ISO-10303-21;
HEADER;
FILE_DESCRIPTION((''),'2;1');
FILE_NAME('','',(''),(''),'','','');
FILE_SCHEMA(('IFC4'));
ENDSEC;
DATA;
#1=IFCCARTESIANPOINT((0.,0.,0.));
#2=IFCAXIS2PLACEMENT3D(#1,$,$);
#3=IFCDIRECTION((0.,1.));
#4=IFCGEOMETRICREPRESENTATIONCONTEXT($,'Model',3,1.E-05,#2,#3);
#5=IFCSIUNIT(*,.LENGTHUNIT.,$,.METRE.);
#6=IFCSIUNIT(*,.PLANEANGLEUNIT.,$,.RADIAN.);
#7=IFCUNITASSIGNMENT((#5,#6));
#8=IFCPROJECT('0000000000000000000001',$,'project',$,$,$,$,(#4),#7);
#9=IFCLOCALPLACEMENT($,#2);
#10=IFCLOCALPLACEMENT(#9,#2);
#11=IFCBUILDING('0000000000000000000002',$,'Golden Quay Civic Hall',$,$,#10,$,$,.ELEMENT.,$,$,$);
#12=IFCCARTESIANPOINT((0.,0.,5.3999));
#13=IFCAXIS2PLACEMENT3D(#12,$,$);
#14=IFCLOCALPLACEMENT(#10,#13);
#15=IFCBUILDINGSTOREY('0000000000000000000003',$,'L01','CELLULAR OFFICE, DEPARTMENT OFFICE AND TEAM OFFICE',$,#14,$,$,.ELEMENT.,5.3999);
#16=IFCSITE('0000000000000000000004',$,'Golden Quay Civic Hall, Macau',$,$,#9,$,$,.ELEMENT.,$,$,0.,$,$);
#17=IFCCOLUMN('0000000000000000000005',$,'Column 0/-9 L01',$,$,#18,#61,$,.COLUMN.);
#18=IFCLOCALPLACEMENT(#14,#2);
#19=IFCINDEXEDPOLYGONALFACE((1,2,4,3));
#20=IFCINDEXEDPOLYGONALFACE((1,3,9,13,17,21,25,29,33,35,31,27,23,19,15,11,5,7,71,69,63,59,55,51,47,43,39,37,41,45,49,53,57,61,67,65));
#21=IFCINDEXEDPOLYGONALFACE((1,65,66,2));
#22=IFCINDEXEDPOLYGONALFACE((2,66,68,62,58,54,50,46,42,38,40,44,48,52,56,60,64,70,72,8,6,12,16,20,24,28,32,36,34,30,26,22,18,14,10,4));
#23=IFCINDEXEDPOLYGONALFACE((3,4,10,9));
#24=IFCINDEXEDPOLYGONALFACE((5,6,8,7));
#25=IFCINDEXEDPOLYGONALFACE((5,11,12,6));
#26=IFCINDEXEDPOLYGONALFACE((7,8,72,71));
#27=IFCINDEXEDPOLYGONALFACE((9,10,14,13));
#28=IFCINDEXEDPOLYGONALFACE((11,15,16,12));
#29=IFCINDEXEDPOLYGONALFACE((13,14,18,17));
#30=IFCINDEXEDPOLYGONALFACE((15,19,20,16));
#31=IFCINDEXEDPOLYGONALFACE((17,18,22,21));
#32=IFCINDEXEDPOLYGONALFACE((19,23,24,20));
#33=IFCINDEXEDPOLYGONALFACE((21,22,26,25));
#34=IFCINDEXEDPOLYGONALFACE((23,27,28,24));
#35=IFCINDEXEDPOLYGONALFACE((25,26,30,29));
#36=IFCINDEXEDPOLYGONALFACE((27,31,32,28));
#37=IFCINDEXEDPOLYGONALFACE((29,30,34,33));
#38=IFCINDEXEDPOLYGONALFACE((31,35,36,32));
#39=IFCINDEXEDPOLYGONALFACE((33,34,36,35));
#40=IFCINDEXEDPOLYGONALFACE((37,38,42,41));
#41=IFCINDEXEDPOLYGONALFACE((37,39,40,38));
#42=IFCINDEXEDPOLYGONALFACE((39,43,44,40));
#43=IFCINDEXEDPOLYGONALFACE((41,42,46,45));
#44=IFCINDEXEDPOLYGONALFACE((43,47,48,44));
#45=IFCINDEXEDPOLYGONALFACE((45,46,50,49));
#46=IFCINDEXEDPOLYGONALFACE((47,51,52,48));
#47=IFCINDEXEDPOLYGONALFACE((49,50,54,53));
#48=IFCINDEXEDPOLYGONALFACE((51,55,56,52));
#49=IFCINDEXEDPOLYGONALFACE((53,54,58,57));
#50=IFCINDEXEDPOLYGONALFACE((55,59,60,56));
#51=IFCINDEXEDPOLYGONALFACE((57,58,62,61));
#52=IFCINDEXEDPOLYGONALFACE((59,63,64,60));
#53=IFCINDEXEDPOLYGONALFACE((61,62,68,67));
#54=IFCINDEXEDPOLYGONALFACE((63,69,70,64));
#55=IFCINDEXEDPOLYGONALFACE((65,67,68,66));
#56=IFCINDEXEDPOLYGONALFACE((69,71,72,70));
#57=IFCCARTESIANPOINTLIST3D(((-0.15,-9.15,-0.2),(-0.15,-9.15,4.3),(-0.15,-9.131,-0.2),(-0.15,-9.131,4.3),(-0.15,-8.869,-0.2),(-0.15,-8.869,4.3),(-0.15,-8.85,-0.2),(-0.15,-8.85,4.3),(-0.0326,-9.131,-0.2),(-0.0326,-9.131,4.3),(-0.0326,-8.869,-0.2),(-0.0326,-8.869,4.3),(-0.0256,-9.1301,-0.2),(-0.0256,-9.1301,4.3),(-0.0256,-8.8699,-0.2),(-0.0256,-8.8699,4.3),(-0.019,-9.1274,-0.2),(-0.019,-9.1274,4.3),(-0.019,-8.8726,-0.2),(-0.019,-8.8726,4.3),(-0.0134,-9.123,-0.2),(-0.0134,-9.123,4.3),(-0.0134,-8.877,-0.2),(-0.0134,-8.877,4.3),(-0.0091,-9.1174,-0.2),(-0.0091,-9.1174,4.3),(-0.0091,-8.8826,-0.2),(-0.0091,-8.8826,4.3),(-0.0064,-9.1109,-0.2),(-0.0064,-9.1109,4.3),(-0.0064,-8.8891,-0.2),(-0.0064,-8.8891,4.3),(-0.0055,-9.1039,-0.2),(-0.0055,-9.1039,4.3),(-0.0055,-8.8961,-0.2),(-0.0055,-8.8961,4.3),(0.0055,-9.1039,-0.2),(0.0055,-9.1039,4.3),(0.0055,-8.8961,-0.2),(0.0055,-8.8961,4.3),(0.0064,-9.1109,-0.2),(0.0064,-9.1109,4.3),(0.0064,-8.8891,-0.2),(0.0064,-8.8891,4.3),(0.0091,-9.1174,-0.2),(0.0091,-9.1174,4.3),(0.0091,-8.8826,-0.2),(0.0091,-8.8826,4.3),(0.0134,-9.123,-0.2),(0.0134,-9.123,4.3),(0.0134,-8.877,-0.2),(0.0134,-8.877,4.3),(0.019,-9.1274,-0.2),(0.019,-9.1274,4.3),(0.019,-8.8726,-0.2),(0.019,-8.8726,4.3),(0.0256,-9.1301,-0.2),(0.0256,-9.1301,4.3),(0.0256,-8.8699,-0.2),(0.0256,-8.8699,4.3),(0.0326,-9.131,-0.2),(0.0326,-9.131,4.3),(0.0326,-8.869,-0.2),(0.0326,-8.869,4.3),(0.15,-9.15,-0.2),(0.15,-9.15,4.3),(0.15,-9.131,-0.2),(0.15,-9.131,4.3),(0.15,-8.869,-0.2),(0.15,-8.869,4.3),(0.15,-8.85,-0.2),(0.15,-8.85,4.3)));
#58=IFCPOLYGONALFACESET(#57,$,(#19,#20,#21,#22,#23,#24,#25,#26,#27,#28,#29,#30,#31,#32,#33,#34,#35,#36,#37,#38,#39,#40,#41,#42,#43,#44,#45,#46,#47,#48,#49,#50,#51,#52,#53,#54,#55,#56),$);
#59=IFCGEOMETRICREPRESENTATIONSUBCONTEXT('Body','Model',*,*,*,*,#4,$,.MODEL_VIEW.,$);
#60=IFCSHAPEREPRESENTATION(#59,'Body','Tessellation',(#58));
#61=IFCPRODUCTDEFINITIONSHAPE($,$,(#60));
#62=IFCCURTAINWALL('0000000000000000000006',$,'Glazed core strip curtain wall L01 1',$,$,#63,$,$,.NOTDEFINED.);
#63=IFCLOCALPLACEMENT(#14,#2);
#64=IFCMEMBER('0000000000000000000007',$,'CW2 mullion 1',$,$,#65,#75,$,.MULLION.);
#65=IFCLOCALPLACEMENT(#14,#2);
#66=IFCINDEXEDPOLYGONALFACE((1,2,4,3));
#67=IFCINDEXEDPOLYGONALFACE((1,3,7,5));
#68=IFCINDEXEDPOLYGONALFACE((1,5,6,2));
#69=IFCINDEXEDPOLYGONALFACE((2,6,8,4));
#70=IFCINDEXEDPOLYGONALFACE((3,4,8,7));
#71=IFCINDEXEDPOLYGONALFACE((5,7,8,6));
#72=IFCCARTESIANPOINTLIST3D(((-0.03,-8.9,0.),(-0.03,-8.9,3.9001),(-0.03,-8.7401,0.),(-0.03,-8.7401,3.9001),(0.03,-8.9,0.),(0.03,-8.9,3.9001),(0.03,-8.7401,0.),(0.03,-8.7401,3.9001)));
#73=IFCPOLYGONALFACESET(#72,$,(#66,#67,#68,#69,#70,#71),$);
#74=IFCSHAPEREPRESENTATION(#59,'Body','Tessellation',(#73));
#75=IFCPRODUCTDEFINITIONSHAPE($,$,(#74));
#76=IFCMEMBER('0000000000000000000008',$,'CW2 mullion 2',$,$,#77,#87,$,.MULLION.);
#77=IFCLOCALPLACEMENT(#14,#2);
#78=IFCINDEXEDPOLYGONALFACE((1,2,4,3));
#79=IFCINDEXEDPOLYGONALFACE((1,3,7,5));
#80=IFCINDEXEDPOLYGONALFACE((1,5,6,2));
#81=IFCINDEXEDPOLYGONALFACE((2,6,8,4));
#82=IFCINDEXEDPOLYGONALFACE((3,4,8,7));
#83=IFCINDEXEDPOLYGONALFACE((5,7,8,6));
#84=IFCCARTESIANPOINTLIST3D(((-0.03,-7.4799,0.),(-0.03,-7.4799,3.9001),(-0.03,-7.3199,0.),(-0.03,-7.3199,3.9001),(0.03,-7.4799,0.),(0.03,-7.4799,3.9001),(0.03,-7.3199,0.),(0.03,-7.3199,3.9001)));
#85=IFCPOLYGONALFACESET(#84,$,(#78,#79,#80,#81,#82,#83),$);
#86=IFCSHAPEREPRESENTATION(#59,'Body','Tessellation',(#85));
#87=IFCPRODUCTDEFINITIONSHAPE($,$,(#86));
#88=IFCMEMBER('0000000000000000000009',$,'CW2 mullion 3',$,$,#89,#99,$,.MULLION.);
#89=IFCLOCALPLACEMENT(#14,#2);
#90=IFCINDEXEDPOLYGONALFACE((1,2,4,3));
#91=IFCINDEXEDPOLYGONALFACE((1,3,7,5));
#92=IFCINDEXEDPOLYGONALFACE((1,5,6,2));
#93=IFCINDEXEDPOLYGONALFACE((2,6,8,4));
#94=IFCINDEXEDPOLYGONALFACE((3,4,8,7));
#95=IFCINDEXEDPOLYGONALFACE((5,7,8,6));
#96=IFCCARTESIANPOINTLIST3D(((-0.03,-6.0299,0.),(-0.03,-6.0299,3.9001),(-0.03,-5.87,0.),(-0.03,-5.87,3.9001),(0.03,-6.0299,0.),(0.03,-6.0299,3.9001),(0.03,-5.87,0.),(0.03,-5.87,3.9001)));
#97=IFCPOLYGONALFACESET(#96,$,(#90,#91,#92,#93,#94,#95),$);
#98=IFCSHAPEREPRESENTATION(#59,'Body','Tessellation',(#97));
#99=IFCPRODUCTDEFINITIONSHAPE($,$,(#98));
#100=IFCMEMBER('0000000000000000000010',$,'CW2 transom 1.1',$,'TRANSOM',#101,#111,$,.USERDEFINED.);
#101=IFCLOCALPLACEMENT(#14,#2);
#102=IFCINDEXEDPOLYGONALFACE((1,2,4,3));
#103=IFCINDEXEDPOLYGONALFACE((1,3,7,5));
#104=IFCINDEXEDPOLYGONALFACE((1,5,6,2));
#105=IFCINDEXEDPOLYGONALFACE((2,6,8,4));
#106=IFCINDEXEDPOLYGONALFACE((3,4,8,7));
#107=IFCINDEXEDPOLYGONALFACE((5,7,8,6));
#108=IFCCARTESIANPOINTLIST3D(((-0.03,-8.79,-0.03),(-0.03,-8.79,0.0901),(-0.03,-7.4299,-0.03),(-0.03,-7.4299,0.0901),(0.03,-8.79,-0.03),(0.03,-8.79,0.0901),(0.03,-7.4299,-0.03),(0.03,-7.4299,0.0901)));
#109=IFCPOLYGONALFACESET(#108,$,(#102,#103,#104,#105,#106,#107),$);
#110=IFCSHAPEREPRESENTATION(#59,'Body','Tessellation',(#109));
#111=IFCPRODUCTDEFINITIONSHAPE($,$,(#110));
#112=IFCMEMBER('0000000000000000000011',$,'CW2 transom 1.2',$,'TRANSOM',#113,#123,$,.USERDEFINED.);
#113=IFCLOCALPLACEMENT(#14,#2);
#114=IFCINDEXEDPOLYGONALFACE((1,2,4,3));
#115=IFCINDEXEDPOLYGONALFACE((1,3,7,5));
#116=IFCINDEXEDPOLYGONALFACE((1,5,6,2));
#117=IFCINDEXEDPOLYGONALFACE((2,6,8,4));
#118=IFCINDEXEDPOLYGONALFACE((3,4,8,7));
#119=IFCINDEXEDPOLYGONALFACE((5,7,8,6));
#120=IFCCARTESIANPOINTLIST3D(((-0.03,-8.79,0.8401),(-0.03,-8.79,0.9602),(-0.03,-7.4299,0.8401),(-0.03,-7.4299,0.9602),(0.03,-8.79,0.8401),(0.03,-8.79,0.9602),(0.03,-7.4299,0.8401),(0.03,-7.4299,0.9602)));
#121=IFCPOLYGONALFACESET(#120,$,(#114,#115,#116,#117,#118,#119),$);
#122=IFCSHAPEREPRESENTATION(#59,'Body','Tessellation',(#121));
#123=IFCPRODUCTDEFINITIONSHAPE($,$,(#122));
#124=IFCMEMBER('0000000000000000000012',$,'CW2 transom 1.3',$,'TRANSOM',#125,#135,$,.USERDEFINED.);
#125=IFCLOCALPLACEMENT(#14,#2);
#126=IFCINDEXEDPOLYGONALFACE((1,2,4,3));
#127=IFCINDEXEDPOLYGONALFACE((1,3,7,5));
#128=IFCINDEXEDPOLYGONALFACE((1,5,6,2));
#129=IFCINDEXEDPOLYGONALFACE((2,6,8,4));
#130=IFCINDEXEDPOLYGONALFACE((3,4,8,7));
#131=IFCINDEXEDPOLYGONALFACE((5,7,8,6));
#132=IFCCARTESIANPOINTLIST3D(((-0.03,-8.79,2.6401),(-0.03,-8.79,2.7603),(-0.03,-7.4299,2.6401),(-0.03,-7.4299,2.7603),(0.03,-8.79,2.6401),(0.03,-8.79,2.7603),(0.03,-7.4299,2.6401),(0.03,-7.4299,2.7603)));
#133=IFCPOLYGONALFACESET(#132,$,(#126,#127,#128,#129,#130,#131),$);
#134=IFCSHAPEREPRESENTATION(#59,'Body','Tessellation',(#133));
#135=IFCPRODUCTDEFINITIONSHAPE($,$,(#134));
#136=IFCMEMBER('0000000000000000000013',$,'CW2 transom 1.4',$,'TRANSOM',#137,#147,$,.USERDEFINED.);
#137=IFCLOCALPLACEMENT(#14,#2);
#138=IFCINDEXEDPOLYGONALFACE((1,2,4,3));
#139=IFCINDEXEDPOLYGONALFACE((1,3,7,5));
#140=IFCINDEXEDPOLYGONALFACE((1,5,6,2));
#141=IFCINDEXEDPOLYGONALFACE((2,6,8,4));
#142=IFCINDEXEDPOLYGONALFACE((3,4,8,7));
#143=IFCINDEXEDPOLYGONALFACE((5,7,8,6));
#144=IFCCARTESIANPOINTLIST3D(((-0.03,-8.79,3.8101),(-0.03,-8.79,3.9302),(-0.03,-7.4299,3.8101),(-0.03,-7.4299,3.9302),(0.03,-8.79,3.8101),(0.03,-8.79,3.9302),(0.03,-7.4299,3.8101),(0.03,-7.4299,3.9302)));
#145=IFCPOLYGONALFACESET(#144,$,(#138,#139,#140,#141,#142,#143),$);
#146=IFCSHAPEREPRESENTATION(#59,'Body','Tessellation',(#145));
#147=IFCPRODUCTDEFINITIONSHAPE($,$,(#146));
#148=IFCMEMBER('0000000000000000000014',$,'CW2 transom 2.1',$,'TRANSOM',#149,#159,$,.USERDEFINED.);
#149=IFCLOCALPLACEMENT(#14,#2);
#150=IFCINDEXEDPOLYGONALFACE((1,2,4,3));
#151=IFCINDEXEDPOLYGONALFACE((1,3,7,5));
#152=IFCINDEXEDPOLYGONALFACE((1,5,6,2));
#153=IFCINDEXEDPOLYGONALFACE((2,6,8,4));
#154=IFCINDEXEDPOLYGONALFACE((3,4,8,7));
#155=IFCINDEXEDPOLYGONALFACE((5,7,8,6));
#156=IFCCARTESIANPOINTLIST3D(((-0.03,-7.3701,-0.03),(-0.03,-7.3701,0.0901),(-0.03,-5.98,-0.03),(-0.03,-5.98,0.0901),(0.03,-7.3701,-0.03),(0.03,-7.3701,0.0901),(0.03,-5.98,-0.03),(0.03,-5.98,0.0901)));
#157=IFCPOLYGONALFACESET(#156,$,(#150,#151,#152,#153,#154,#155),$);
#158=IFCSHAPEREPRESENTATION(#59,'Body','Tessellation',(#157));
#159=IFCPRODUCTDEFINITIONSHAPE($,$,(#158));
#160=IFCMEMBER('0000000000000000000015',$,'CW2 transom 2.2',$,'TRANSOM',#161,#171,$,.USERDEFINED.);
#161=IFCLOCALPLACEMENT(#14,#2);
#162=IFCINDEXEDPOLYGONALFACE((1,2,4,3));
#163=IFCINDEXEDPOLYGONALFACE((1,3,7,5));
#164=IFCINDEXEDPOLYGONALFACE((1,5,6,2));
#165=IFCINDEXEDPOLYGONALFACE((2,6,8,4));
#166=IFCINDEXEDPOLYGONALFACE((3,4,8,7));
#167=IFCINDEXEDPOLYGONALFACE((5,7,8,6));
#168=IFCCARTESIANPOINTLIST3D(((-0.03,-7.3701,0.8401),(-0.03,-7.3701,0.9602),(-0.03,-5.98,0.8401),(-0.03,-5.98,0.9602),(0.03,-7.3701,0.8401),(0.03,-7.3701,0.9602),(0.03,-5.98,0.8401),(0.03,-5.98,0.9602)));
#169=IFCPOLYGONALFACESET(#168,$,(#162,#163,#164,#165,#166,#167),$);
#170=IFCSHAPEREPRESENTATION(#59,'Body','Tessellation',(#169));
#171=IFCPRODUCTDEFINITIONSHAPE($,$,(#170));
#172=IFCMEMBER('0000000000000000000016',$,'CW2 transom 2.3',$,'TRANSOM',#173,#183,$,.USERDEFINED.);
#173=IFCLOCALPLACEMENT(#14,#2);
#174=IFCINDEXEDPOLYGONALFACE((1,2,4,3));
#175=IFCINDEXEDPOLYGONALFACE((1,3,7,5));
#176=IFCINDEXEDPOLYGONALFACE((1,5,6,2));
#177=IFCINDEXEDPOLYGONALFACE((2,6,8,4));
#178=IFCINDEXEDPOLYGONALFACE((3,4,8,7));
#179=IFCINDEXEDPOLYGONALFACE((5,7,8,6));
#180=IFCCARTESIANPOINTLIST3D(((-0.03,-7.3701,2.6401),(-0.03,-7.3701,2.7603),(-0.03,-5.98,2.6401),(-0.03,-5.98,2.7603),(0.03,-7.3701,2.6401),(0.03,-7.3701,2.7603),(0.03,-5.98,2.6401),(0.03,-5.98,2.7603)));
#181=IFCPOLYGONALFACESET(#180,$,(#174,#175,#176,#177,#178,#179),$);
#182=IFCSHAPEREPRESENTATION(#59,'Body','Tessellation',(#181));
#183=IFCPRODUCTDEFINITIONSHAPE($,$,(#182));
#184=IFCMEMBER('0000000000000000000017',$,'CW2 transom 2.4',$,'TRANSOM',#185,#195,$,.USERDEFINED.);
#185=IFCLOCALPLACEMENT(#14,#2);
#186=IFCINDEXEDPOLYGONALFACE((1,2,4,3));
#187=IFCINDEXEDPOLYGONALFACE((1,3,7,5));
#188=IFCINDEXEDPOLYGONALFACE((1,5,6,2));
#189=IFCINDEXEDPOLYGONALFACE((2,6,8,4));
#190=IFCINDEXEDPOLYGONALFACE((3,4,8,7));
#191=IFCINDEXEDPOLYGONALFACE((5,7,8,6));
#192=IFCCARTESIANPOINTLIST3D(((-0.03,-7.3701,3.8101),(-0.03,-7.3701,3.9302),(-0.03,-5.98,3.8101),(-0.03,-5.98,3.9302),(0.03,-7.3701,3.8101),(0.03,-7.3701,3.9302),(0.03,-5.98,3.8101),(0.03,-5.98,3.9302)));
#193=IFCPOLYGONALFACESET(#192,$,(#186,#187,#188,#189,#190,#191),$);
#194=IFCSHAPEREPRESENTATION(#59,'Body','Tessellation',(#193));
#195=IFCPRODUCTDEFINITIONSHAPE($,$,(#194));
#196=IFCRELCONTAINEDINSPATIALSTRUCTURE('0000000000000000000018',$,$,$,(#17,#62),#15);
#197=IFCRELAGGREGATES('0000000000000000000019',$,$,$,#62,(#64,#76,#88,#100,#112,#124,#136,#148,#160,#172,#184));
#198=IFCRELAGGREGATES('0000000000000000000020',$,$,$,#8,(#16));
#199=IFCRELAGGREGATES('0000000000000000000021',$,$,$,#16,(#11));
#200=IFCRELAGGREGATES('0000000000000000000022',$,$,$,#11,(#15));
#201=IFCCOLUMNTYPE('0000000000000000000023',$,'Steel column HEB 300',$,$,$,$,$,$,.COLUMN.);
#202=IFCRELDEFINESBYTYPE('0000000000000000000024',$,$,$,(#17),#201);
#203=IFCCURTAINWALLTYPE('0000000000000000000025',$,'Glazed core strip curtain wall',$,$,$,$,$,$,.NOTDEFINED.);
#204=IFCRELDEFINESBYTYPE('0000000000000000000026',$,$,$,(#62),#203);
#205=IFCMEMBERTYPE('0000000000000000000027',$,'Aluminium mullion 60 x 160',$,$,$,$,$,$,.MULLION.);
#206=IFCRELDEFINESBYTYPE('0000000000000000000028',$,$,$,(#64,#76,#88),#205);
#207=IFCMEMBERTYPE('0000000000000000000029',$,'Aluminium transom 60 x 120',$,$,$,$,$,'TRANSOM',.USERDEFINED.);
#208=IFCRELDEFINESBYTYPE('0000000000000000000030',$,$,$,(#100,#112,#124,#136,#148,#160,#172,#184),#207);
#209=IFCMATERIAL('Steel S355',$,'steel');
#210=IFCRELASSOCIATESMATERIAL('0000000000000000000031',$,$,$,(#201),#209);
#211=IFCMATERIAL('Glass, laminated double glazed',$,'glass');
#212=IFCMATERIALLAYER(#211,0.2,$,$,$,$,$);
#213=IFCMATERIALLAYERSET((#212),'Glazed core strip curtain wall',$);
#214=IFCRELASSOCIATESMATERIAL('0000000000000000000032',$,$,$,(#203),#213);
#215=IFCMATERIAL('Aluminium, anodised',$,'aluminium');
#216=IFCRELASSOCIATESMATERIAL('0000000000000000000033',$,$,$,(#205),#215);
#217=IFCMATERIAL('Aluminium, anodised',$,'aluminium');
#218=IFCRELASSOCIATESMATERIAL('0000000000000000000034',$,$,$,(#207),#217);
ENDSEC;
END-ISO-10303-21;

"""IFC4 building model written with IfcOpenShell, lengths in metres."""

from ifc_helpers import new_model, si_unit, direction, frame, origin, origin_2d, place, context, subcontext, project, spatial, rectangle, i_section, extrude, material, layer, layer_set, material_profile, profile_set, type_object, element, aggregate, save


model = new_model("IFC4")

# Units and contexts
model_context = context("Model", 3, precision=1e-05, world=origin(), true_north=direction((0.0, 1.0)))
body_context = subcontext(model_context, "Body", "Model", "MODEL_VIEW")
ifc_project = project(units=[si_unit("LENGTHUNIT", "METRE"), si_unit("PLANEANGLEUNIT", "RADIAN")], contexts=[model_context])

# Site, building, storey
site_placement = place(None, origin())
site = spatial("IfcSite", under=ifc_project, at=site_placement, Name="Golden Quay Civic Hall, Macau", CompositionType="ELEMENT", RefElevation=0.0)
building_placement = place(site_placement, origin())
building = spatial("IfcBuilding", under=site, at=building_placement, Name="Golden Quay Civic Hall", CompositionType="ELEMENT")
storey_placement = place(building_placement, frame((0.0, 0.0, 5.3999)))
storey = spatial("IfcBuildingStorey", under=building, at=storey_placement, Name="L01", Description="CELLULAR OFFICE, DEPARTMENT OFFICE AND TEAM OFFICE", CompositionType="ELEMENT", Elevation=5.3999)

# Column
ifc_material_1 = material(Name="Steel S355", Category="steel")
ifc_material_profile_1 = material_profile(ifc_material_1, i_section(OverallWidth=0.3, OverallDepth=0.3, WebThickness=0.011, FlangeThickness=0.019, FilletRadius=0.0271, at=origin_2d()), Name="HEB 300")
ifc_profile_set_1 = profile_set([ifc_material_profile_1], Name="Steel S355")
column_type = type_object("IfcColumnType", Name="Steel column HEB 300", PredefinedType="COLUMN", material=ifc_profile_set_1)
column_placement = place(storey_placement, frame((0.0, -9.0, -0.2), z_axis=(0.0, 0.0, 1.0), x_axis=(1.0, 0.0, 0.0)))
element("IfcColumn", 1, at=column_placement, inside=storey, type_object=column_type, Name="Column 0/-9 L01", PredefinedType="COLUMN", context=body_context, shape_type="SweptSolid", body=[
    extrude(i_section(OverallWidth=0.3, OverallDepth=0.3, WebThickness=0.011, FlangeThickness=0.019, FilletRadius=0.0271, at=origin_2d()), origin(), (0.0, 0.0, 1.0), 4.5),
])

# Curtain wall, members
ifc_material_2 = material(Name="Glass, laminated double glazed", Category="glass")
ifc_layer_1 = layer(ifc_material_2, 0.2)
ifc_layer_set_1 = layer_set([ifc_layer_1], Name="Glazed core strip curtain wall")
curtain_wall_type = type_object("IfcCurtainWallType", Name="Glazed core strip curtain wall", PredefinedType="NOTDEFINED", material=ifc_layer_set_1)
curtain_wall_placement = place(storey_placement, origin())
curtain_wall = element("IfcCurtainWall", 2, at=curtain_wall_placement, inside=storey, type_object=curtain_wall_type, Name="Glazed core strip curtain wall L01 1", PredefinedType="NOTDEFINED")
ifc_material_3 = material(Name="Aluminium, anodised", Category="aluminium")
ifc_material_profile_2 = material_profile(ifc_material_3, rectangle(XDim=0.0601, YDim=0.1599, at=origin_2d()), Name="Aluminium 60 x 160")
ifc_profile_set_2 = profile_set([ifc_material_profile_2], Name="Aluminium, anodised")
member_type_1 = type_object("IfcMemberType", Name="Aluminium mullion 60 x 160", PredefinedType="MULLION", material=ifc_profile_set_2)
member_1_placement = place(storey_placement, frame((0.0, -8.8201, 0.0), z_axis=(0.0, 0.0, 1.0), x_axis=(-1.0, 0.0, 0.0)))
member_1 = element("IfcMember", 3, at=member_1_placement, type_object=member_type_1, Name="CW2 mullion 1", PredefinedType="MULLION", context=body_context, shape_type="SweptSolid", body=[
    extrude(rectangle(XDim=0.0601, YDim=0.1599, at=origin_2d()), origin(), (0.0, 0.0, 1.0), 3.9001),
])
member_2_placement = place(storey_placement, frame((0.0, -7.3999, 0.0), z_axis=(0.0, 0.0, 1.0), x_axis=(-1.0, 0.0, 0.0)))
member_2 = element("IfcMember", 4, at=member_2_placement, type_object=member_type_1, Name="CW2 mullion 2", PredefinedType="MULLION", context=body_context, shape_type="SweptSolid", body=[
    extrude(rectangle(XDim=0.0601, YDim=0.1599, at=origin_2d()), origin(), (0.0, 0.0, 1.0), 3.9001),
])
member_3_placement = place(storey_placement, frame((0.0, -5.95, 0.0), z_axis=(0.0, 0.0, 1.0), x_axis=(-1.0, 0.0, 0.0)))
member_3 = element("IfcMember", 5, at=member_3_placement, type_object=member_type_1, Name="CW2 mullion 3", PredefinedType="MULLION", context=body_context, shape_type="SweptSolid", body=[
    extrude(rectangle(XDim=0.0601, YDim=0.1599, at=origin_2d()), origin(), (0.0, 0.0, 1.0), 3.9001),
])
ifc_material_4 = material(Name="Aluminium, anodised", Category="aluminium")
ifc_material_profile_3 = material_profile(ifc_material_4, rectangle(XDim=0.0601, YDim=0.1201, at=origin_2d()), Name="Aluminium 60 x 120")
ifc_profile_set_3 = profile_set([ifc_material_profile_3], Name="Aluminium, anodised")
member_type_2 = type_object("IfcMemberType", Name="Aluminium transom 60 x 120", ElementType="TRANSOM", PredefinedType="USERDEFINED", material=ifc_profile_set_3)
member_4_placement = place(storey_placement, frame((0.0, -8.79, 0.03), z_axis=(0.0, 1.0, 0.0), x_axis=(-1.0, 0.0, 0.0)))
member_4 = element("IfcMember", 6, at=member_4_placement, type_object=member_type_2, Name="CW2 transom 1.1", ObjectType="TRANSOM", PredefinedType="USERDEFINED", context=body_context, shape_type="SweptSolid", body=[
    extrude(rectangle(XDim=0.0601, YDim=0.1201, at=origin_2d()), origin(), (0.0, 0.0, 1.0), 1.3601),
])
member_5_placement = place(storey_placement, frame((0.0, -8.79, 0.9001), z_axis=(0.0, 1.0, 0.0), x_axis=(-1.0, 0.0, 0.0)))
member_5 = element("IfcMember", 7, at=member_5_placement, type_object=member_type_2, Name="CW2 transom 1.2", ObjectType="TRANSOM", PredefinedType="USERDEFINED", context=body_context, shape_type="SweptSolid", body=[
    extrude(rectangle(XDim=0.0601, YDim=0.1201, at=origin_2d()), origin(), (0.0, 0.0, 1.0), 1.3601),
])
member_6_placement = place(storey_placement, frame((0.0, -8.79, 2.7002), z_axis=(0.0, 1.0, 0.0), x_axis=(-1.0, 0.0, 0.0)))
member_6 = element("IfcMember", 8, at=member_6_placement, type_object=member_type_2, Name="CW2 transom 1.3", ObjectType="TRANSOM", PredefinedType="USERDEFINED", context=body_context, shape_type="SweptSolid", body=[
    extrude(rectangle(XDim=0.0601, YDim=0.1201, at=origin_2d()), origin(), (0.0, 0.0, 1.0), 1.3601),
])
member_7_placement = place(storey_placement, frame((0.0, -8.79, 3.8701), z_axis=(0.0, 1.0, 0.0), x_axis=(-1.0, 0.0, 0.0)))
member_7 = element("IfcMember", 9, at=member_7_placement, type_object=member_type_2, Name="CW2 transom 1.4", ObjectType="TRANSOM", PredefinedType="USERDEFINED", context=body_context, shape_type="SweptSolid", body=[
    extrude(rectangle(XDim=0.0601, YDim=0.1201, at=origin_2d()), origin(), (0.0, 0.0, 1.0), 1.3601),
])
member_8_placement = place(storey_placement, frame((0.0, -7.3701, 0.03), z_axis=(0.0, 1.0, 0.0), x_axis=(-1.0, 0.0, 0.0)))
member_8 = element("IfcMember", 10, at=member_8_placement, type_object=member_type_2, Name="CW2 transom 2.1", ObjectType="TRANSOM", PredefinedType="USERDEFINED", context=body_context, shape_type="SweptSolid", body=[
    extrude(rectangle(XDim=0.0601, YDim=0.1201, at=origin_2d()), origin(), (0.0, 0.0, 1.0), 1.3901),
])
member_9_placement = place(storey_placement, frame((0.0, -7.3701, 0.9001), z_axis=(0.0, 1.0, 0.0), x_axis=(-1.0, 0.0, 0.0)))
member_9 = element("IfcMember", 11, at=member_9_placement, type_object=member_type_2, Name="CW2 transom 2.2", ObjectType="TRANSOM", PredefinedType="USERDEFINED", context=body_context, shape_type="SweptSolid", body=[
    extrude(rectangle(XDim=0.0601, YDim=0.1201, at=origin_2d()), origin(), (0.0, 0.0, 1.0), 1.3901),
])
member_10_placement = place(storey_placement, frame((0.0, -7.3701, 2.7002), z_axis=(0.0, 1.0, 0.0), x_axis=(-1.0, 0.0, 0.0)))
member_10 = element("IfcMember", 12, at=member_10_placement, type_object=member_type_2, Name="CW2 transom 2.3", ObjectType="TRANSOM", PredefinedType="USERDEFINED", context=body_context, shape_type="SweptSolid", body=[
    extrude(rectangle(XDim=0.0601, YDim=0.1201, at=origin_2d()), origin(), (0.0, 0.0, 1.0), 1.3901),
])
member_11_placement = place(storey_placement, frame((0.0, -7.3701, 3.8701), z_axis=(0.0, 1.0, 0.0), x_axis=(-1.0, 0.0, 0.0)))
member_11 = element("IfcMember", 13, at=member_11_placement, type_object=member_type_2, Name="CW2 transom 2.4", ObjectType="TRANSOM", PredefinedType="USERDEFINED", context=body_context, shape_type="SweptSolid", body=[
    extrude(rectangle(XDim=0.0601, YDim=0.1201, at=origin_2d()), origin(), (0.0, 0.0, 1.0), 1.3901),
])

aggregate(curtain_wall, [member_1, member_2, member_3, member_4, member_5, member_6, member_7, member_8, member_9, member_10, member_11])

save(model, "model.ifc")
